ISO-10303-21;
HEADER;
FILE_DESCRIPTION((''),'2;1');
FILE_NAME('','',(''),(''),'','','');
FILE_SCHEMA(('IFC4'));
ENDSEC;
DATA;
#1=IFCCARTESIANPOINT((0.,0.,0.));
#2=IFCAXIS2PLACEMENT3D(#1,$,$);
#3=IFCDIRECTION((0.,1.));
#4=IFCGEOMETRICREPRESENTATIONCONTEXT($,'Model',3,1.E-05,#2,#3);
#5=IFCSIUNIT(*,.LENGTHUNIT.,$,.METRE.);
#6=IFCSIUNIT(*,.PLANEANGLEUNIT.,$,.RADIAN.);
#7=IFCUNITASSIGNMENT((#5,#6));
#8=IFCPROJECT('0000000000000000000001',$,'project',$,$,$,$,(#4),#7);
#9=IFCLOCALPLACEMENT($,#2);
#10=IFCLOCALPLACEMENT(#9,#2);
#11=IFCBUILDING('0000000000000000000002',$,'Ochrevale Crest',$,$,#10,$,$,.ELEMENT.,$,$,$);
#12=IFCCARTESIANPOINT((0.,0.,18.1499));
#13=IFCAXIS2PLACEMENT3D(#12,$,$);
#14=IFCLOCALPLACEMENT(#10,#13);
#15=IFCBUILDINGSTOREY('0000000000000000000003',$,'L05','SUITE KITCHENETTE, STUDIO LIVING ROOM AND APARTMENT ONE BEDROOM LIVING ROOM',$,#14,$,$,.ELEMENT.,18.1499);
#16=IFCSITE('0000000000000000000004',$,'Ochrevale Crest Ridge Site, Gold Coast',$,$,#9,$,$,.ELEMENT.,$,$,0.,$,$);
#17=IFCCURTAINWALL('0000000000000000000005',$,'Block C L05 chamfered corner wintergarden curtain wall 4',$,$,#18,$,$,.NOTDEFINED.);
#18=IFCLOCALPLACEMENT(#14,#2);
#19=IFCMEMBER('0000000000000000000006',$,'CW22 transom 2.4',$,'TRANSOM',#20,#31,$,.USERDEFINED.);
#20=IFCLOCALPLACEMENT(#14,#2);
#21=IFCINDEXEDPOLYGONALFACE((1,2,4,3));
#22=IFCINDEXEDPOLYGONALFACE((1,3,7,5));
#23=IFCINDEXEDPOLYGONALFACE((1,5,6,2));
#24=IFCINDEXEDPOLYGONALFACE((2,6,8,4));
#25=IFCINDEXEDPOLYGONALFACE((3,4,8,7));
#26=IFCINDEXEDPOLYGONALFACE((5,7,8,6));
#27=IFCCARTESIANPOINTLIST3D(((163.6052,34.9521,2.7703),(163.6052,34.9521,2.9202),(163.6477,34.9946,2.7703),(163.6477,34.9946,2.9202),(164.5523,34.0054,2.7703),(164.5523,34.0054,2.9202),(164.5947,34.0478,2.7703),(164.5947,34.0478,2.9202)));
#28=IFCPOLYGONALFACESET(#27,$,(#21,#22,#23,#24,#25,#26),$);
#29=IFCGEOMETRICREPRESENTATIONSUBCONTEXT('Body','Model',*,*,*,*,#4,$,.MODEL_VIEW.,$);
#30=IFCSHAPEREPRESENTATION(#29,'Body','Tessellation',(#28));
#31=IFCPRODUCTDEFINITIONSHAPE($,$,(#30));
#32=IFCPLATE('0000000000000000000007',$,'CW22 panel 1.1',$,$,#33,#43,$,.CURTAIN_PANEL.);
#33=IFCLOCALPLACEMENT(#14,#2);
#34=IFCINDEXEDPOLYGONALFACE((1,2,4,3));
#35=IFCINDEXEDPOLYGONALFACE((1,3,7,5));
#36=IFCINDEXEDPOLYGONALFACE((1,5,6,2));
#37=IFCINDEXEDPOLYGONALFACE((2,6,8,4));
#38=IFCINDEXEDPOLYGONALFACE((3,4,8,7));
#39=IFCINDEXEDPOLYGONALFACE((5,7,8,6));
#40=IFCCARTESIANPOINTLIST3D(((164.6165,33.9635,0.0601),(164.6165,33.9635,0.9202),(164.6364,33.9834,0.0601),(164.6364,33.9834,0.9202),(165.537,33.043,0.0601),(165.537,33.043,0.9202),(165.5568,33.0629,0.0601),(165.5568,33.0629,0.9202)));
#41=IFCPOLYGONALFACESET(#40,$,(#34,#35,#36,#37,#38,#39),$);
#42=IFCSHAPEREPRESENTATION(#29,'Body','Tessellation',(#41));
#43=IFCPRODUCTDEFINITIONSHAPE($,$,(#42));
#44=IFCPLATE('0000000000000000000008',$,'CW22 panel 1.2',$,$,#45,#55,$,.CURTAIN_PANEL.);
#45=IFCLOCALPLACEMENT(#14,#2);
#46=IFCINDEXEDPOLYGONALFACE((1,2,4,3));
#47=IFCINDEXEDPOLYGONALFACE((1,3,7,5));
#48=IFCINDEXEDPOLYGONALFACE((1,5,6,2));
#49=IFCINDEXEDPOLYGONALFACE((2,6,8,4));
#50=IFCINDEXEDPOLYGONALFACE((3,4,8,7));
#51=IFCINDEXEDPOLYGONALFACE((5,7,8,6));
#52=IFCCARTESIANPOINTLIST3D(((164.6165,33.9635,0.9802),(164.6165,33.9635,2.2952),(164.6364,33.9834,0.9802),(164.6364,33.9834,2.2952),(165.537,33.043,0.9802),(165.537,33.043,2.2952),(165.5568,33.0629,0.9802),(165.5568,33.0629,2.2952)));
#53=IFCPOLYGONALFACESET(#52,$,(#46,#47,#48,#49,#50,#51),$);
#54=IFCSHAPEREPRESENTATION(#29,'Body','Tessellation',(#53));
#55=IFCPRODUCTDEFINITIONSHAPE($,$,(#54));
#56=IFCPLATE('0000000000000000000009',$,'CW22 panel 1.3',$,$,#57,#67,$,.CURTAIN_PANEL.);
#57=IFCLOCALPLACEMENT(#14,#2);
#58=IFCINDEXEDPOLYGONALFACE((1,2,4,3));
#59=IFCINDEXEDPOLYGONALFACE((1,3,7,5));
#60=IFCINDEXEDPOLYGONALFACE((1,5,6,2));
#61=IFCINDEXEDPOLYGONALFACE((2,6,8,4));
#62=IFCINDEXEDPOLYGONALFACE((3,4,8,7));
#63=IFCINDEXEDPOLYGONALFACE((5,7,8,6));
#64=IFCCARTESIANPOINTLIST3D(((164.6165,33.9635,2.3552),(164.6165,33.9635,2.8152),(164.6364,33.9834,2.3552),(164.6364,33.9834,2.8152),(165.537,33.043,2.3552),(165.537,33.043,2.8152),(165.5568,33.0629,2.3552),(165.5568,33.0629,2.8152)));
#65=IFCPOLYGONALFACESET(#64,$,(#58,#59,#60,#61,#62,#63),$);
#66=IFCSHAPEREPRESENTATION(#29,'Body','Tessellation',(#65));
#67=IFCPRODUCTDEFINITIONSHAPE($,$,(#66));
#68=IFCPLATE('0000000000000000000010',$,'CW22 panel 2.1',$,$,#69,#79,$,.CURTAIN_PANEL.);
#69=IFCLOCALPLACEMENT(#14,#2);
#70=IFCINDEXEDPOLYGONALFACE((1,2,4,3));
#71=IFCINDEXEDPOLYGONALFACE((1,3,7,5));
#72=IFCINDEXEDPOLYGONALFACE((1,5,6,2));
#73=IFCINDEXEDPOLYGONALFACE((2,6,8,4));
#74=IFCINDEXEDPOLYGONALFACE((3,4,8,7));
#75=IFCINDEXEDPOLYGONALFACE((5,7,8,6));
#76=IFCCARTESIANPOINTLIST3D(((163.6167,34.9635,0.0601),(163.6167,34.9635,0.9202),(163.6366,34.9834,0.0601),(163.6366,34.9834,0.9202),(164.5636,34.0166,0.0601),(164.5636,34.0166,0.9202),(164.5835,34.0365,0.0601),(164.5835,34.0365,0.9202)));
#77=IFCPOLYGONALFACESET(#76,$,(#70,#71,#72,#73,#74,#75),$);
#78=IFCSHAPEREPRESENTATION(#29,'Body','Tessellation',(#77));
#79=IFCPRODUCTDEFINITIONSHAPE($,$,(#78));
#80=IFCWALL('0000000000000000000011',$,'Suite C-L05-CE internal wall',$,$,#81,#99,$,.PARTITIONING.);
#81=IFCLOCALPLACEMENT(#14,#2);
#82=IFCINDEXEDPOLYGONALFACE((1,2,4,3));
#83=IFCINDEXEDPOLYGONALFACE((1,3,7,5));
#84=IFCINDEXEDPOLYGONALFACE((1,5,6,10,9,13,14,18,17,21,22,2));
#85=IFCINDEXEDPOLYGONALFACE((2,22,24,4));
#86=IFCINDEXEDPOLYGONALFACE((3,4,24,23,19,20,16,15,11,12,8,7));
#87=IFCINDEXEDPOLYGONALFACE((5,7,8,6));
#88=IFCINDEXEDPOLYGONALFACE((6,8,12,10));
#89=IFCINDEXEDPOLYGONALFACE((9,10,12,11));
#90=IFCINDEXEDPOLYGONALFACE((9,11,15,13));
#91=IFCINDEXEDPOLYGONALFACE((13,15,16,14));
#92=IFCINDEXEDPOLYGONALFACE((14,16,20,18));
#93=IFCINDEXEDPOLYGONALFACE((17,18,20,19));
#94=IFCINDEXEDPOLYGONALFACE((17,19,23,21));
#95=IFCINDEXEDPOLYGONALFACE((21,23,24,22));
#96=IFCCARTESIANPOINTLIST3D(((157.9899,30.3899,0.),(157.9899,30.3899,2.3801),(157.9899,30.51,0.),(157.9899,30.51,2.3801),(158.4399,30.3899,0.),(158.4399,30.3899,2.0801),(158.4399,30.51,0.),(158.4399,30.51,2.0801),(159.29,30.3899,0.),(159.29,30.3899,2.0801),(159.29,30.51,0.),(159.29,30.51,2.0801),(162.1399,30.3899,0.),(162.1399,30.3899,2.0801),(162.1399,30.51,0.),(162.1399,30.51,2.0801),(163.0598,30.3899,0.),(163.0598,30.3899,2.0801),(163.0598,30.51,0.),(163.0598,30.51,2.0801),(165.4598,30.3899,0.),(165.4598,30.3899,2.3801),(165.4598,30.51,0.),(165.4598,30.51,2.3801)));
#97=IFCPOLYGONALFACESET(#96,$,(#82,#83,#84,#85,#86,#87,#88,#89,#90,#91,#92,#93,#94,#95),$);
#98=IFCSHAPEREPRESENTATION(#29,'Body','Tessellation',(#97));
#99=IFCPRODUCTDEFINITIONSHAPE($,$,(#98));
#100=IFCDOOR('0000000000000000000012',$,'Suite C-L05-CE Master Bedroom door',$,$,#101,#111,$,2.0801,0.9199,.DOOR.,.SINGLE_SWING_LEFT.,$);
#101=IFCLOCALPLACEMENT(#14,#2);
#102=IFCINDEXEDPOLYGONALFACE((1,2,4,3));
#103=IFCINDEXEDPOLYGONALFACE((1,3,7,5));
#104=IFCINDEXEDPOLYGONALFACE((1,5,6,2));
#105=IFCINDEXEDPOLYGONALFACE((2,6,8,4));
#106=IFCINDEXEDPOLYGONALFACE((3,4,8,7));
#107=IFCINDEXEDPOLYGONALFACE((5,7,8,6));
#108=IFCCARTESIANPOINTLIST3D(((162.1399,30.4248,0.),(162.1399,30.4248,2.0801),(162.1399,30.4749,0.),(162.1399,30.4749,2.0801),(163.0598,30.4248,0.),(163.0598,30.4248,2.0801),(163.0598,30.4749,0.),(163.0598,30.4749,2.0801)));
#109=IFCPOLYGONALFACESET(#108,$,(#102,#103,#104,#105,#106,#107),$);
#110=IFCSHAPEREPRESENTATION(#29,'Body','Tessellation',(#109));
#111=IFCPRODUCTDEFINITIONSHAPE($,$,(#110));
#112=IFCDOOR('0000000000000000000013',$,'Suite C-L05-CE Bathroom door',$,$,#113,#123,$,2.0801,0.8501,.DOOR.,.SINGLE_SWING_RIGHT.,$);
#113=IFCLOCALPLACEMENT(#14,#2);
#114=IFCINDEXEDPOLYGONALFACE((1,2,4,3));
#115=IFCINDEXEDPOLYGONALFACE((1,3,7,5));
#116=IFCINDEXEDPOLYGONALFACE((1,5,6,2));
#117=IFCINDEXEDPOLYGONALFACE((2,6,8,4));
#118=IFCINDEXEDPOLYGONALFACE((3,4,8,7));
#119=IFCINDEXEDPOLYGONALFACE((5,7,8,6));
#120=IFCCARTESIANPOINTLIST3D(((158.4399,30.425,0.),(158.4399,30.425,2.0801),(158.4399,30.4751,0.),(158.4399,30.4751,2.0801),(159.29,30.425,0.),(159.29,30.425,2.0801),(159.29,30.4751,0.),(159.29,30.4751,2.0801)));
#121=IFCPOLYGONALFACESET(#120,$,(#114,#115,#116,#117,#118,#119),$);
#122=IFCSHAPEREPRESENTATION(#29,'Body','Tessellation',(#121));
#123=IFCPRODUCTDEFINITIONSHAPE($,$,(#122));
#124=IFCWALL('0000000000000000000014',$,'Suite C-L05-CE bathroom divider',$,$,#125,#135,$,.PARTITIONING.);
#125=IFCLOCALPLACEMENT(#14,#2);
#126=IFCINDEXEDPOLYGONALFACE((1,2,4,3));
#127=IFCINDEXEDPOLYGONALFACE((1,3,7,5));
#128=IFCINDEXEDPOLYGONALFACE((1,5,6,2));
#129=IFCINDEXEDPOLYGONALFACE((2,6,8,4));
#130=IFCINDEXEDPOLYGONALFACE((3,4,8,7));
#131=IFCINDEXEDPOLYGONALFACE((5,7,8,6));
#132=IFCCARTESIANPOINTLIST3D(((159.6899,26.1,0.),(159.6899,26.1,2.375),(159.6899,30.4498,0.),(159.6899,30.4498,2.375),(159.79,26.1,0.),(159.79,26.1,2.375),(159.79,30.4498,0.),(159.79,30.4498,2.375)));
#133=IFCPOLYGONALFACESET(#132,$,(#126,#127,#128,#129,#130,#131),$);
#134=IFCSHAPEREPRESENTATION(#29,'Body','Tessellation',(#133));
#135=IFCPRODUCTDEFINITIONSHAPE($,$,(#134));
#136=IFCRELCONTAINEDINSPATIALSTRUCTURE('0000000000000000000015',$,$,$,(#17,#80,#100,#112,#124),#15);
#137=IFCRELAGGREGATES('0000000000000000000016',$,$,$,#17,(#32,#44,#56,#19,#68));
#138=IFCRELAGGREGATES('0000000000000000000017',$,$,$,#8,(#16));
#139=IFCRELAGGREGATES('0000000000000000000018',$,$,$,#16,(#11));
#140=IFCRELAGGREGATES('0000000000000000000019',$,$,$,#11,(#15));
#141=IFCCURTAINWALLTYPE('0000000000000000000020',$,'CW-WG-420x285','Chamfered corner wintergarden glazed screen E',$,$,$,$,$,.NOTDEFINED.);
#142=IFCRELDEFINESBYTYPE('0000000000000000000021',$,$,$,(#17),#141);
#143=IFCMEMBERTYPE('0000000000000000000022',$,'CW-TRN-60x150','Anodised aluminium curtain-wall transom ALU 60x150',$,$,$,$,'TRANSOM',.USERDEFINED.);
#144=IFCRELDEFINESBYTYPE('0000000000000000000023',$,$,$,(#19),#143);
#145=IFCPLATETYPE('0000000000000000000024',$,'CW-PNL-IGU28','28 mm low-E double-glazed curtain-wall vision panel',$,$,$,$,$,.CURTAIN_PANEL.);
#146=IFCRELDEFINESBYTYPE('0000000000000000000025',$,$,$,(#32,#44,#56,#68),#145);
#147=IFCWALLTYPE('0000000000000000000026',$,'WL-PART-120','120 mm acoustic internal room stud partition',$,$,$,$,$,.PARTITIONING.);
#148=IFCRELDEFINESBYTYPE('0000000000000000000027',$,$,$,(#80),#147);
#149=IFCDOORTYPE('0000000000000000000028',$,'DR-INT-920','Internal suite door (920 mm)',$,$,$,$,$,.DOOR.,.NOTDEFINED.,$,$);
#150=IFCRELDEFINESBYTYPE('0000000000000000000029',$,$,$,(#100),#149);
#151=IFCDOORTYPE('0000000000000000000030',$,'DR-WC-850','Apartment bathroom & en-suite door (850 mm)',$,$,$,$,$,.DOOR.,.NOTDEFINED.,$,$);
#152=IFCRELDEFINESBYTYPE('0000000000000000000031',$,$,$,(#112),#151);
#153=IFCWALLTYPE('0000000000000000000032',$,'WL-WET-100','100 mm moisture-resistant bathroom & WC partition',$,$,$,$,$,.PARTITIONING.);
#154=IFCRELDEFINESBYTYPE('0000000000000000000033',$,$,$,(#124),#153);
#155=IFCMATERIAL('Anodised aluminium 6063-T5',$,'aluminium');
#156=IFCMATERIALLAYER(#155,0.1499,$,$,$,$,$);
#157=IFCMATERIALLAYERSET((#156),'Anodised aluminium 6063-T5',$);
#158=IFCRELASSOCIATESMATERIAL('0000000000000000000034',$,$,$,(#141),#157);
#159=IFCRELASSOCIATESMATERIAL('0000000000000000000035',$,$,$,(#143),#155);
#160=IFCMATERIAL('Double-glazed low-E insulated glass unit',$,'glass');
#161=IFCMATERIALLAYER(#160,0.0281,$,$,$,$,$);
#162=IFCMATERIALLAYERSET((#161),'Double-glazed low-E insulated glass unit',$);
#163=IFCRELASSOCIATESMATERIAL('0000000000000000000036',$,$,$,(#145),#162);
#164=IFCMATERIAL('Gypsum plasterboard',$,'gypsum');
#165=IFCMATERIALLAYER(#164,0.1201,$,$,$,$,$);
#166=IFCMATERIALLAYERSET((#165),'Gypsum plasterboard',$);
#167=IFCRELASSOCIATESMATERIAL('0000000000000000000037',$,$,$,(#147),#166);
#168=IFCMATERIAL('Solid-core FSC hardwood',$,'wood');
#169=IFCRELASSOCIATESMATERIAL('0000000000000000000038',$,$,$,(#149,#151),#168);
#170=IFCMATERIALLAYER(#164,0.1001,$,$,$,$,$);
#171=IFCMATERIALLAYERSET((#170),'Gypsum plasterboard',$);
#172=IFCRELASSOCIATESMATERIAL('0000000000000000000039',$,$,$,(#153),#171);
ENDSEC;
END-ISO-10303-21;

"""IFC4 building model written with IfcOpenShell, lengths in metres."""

from ifc_helpers import new_model, si_unit, direction, frame, frame_2d, origin, origin_2d, place, context, subcontext, project, spatial, rectangle, extrude, material, layer, layer_set, material_profile, profile_set, type_object, element, fill, aggregate, save


model = new_model("IFC4")

# Units and contexts
model_context = context("Model", 3, precision=1e-05, world=origin(), true_north=direction((0.0, 1.0)))
body_context = subcontext(model_context, "Body", "Model", "MODEL_VIEW")
ifc_project = project(units=[si_unit("LENGTHUNIT", "METRE"), si_unit("PLANEANGLEUNIT", "RADIAN")], contexts=[model_context])

# Site, building, storey
site_placement = place(None, origin())
site = spatial("IfcSite", under=ifc_project, at=site_placement, Name="Ochrevale Crest Ridge Site, Gold Coast", CompositionType="ELEMENT", RefElevation=0.0)
building_placement = place(site_placement, origin())
building = spatial("IfcBuilding", under=site, at=building_placement, Name="Ochrevale Crest", CompositionType="ELEMENT")
storey_placement = place(building_placement, frame((0.0, 0.0, 18.1499)))
storey = spatial("IfcBuildingStorey", under=building, at=storey_placement, Name="L05", Description="SUITE KITCHENETTE, STUDIO LIVING ROOM AND APARTMENT ONE BEDROOM LIVING ROOM", CompositionType="ELEMENT", Elevation=18.1499)

# Curtain wall, member, plates
ifc_material_1 = material(Name="Anodised aluminium 6063-T5", Category="aluminium")
ifc_layer_1 = layer(ifc_material_1, 0.1499)
ifc_layer_set_1 = layer_set([ifc_layer_1], Name="Anodised aluminium 6063-T5")
curtain_wall_type = type_object("IfcCurtainWallType", Name="CW-WG-420x285", Description="Chamfered corner wintergarden glazed screen E", PredefinedType="NOTDEFINED", material=ifc_layer_set_1)
curtain_wall_placement = place(storey_placement, origin())
curtain_wall = element("IfcCurtainWall", 1, at=curtain_wall_placement, inside=storey, type_object=curtain_wall_type, Name="Block C L05 chamfered corner wintergarden curtain wall 4", PredefinedType="NOTDEFINED")
ifc_material_profile_1 = material_profile(ifc_material_1, rectangle(XDim=0.0601, YDim=0.1499, at=origin_2d()), Name="ALU 60x150")
ifc_profile_set_1 = profile_set([ifc_material_profile_1], Name="Anodised aluminium 6063-T5")
member_type_1 = type_object("IfcMemberType", Name="CW-TRN-60x150", Description="Anodised aluminium curtain-wall transom ALU 60x150", ElementType="TRANSOM", PredefinedType="USERDEFINED", material=ifc_profile_set_1)
member_1_placement = place(storey_placement, frame((164.5735, 34.0266, 2.8452), z_axis=(-0.707198, 0.707016, 0.0), x_axis=(-0.707016, -0.707198, 0.0)))
member_1 = element("IfcMember", 2, at=member_1_placement, type_object=member_type_1, Name="CW22 transom 2.4", ObjectType="TRANSOM", PredefinedType="USERDEFINED", context=body_context, shape_type="SweptSolid", body=[
    extrude(rectangle(XDim=0.0601, YDim=0.1499, at=origin_2d()), origin(), (0.0, 0.0, 1.0), 1.3391),
])
ifc_material_2 = material(Name="Double-glazed low-E insulated glass unit", Category="glass")
ifc_layer_2 = layer(ifc_material_2, 0.0281)
ifc_layer_set_2 = layer_set([ifc_layer_2], Name="Double-glazed low-E insulated glass unit")
plate_type = type_object("IfcPlateType", Name="CW-PNL-IGU28", Description="28 mm low-E double-glazed curtain-wall vision panel", PredefinedType="CURTAIN_PANEL", material=ifc_layer_set_2)
plate_1_placement = place(storey_placement, frame((165.0867, 33.5132, 0.0601), z_axis=(0.0, 0.0, 1.0), x_axis=(-0.707107, 0.707107, 0.0)))
plate_1 = element("IfcPlate", 3, at=plate_1_placement, type_object=plate_type, Name="CW22 panel 1.1", PredefinedType="CURTAIN_PANEL", context=body_context, shape_type="SweptSolid", body=[
    extrude(rectangle(XDim=1.3018, YDim=0.0281, at=origin_2d()), origin(), (0.0, 0.0, 1.0), 0.8601),
])
plate_2_placement = place(storey_placement, frame((165.0867, 33.5132, 0.9802), z_axis=(0.0, 0.0, 1.0), x_axis=(-0.707107, 0.707107, 0.0)))
plate_2 = element("IfcPlate", 4, at=plate_2_placement, type_object=plate_type, Name="CW22 panel 1.2", PredefinedType="CURTAIN_PANEL", context=body_context, shape_type="SweptSolid", body=[
    extrude(rectangle(XDim=1.3018, YDim=0.0281, at=origin_2d()), origin(), (0.0, 0.0, 1.0), 1.3149),
])
plate_3_placement = place(storey_placement, frame((165.0867, 33.5132, 2.3552), z_axis=(0.0, 0.0, 1.0), x_axis=(-0.707107, 0.707107, 0.0)))
plate_3 = element("IfcPlate", 5, at=plate_3_placement, type_object=plate_type, Name="CW22 panel 1.3", PredefinedType="CURTAIN_PANEL", context=body_context, shape_type="SweptSolid", body=[
    extrude(rectangle(XDim=1.3018, YDim=0.0281, at=origin_2d()), origin(), (0.0, 0.0, 1.0), 0.46),
])
plate_4_placement = place(storey_placement, frame((164.1001, 34.5, 0.0601), z_axis=(0.0, 0.0, 1.0), x_axis=(-0.707107, 0.707107, 0.0)))
plate_4 = element("IfcPlate", 6, at=plate_4_placement, type_object=plate_type, Name="CW22 panel 2.1", PredefinedType="CURTAIN_PANEL", context=body_context, shape_type="SweptSolid", body=[
    extrude(rectangle(XDim=1.3391, YDim=0.0281, at=origin_2d()), origin(), (0.0, 0.0, 1.0), 0.8601),
])
aggregate(curtain_wall, [plate_1, plate_2, plate_3, member_1, plate_4])

# Wall, openings, doors
ifc_material_3 = material(Name="Gypsum plasterboard", Category="gypsum")
ifc_layer_3 = layer(ifc_material_3, 0.1201)
ifc_layer_set_3 = layer_set([ifc_layer_3], Name="Gypsum plasterboard")
wall_type_1 = type_object("IfcWallType", Name="WL-PART-120", Description="120 mm acoustic internal room stud partition", PredefinedType="PARTITIONING", material=ifc_layer_set_3)
wall_1_placement = place(storey_placement, frame((157.99, 30.45, 0.0), z_axis=(0.0, 0.0, 1.0), x_axis=(1.0, 0.0, 0.0)))
wall_1 = element("IfcWall", 7, at=wall_1_placement, inside=storey, type_object=wall_type_1, Name="Suite C-L05-CE internal wall", PredefinedType="PARTITIONING", context=body_context, shape_type="SweptSolid", body=[
    extrude(rectangle(XDim=7.47, YDim=0.1201, at=frame_2d((3.7349, 0.0))), origin(), (0.0, 0.0, 1.0), 2.3801),
])
opening_1_placement = place(wall_1_placement, frame((1.3, 0.0, 0.0), z_axis=(0.0, 0.0, 1.0), x_axis=(-1.0, 0.0, 0.0)))
opening_1 = element("IfcOpeningElement", 8, at=opening_1_placement, cuts=wall_1, PredefinedType="OPENING", context=body_context, shape_type="SweptSolid", body=[
    extrude(rectangle(XDim=0.8501, YDim=2.0801, at=frame_2d((0.425, 1.04))), frame((0.0, 0.0701, 0.0), z_axis=(0.0, -1.0, 0.0), x_axis=(1.0, 0.0, 0.0)), (0.0, 0.0, 1.0), 0.1401),
])
opening_2_placement = place(wall_1_placement, frame((4.1499, 0.0, 0.0)))
opening_2 = element("IfcOpeningElement", 9, at=opening_2_placement, cuts=wall_1, PredefinedType="OPENING", context=body_context, shape_type="SweptSolid", body=[
    extrude(rectangle(XDim=0.9199, YDim=2.0801, at=frame_2d((0.46, 1.04))), frame((0.0, 0.0701, 0.0), z_axis=(0.0, -1.0, 0.0), x_axis=(1.0, 0.0, 0.0)), (0.0, 0.0, 1.0), 0.1401),
])
ifc_material_4 = material(Name="Solid-core FSC hardwood", Category="wood")
door_type_1 = type_object("IfcDoorType", Name="DR-INT-920", Description="Internal suite door (920 mm)", OperationType="NOTDEFINED", PredefinedType="DOOR", material=ifc_material_4)
door_1_placement = place(opening_2_placement, origin())
door_1 = element("IfcDoor", 10, at=door_1_placement, inside=storey, type_object=door_type_1, Name="Suite C-L05-CE Master Bedroom door", OperationType="SINGLE_SWING_LEFT", OverallHeight=2.0801, OverallWidth=0.9199, PredefinedType="DOOR", context=body_context, shape_type="SweptSolid", body=[
    extrude(rectangle(XDim=0.9199, YDim=2.0801, at=frame_2d((0.46, 1.04))), frame((0.0, 0.0249, 0.0), z_axis=(0.0, -1.0, 0.0), x_axis=(1.0, 0.0, 0.0)), (0.0, 0.0, 1.0), 0.05),
])
fill(opening_2, door_1)
door_type_2 = type_object("IfcDoorType", Name="DR-WC-850", Description="Apartment bathroom & en-suite door (850 mm)", OperationType="NOTDEFINED", PredefinedType="DOOR", material=ifc_material_4)
door_2_placement = place(opening_1_placement, origin())
door_2 = element("IfcDoor", 11, at=door_2_placement, inside=storey, type_object=door_type_2, Name="Suite C-L05-CE Bathroom door", OperationType="SINGLE_SWING_RIGHT", OverallHeight=2.0801, OverallWidth=0.8501, PredefinedType="DOOR", context=body_context, shape_type="SweptSolid", body=[
    extrude(rectangle(XDim=0.8501, YDim=2.0801, at=frame_2d((0.425, 1.04))), frame((0.0, 0.0249, 0.0), z_axis=(0.0, -1.0, 0.0), x_axis=(1.0, 0.0, 0.0)), (0.0, 0.0, 1.0), 0.05),
])
fill(opening_1, door_2)

# Wall
ifc_layer_4 = layer(ifc_material_3, 0.1001)
ifc_layer_set_4 = layer_set([ifc_layer_4], Name="Gypsum plasterboard")
wall_type_2 = type_object("IfcWallType", Name="WL-WET-100", Description="100 mm moisture-resistant bathroom & WC partition", PredefinedType="PARTITIONING", material=ifc_layer_set_4)
wall_2_placement = place(storey_placement, frame((159.74, 26.1001, 0.0), z_axis=(0.0, 0.0, 1.0), x_axis=(0.0, 1.0, 0.0)))
element("IfcWall", 12, at=wall_2_placement, inside=storey, type_object=wall_type_2, Name="Suite C-L05-CE bathroom divider", PredefinedType="PARTITIONING", context=body_context, shape_type="SweptSolid", body=[
    extrude(rectangle(XDim=4.3499, YDim=0.1001, at=frame_2d((2.1748, 0.0))), origin(), (0.0, 0.0, 1.0), 2.375),
])

save(model, "model.ifc")
